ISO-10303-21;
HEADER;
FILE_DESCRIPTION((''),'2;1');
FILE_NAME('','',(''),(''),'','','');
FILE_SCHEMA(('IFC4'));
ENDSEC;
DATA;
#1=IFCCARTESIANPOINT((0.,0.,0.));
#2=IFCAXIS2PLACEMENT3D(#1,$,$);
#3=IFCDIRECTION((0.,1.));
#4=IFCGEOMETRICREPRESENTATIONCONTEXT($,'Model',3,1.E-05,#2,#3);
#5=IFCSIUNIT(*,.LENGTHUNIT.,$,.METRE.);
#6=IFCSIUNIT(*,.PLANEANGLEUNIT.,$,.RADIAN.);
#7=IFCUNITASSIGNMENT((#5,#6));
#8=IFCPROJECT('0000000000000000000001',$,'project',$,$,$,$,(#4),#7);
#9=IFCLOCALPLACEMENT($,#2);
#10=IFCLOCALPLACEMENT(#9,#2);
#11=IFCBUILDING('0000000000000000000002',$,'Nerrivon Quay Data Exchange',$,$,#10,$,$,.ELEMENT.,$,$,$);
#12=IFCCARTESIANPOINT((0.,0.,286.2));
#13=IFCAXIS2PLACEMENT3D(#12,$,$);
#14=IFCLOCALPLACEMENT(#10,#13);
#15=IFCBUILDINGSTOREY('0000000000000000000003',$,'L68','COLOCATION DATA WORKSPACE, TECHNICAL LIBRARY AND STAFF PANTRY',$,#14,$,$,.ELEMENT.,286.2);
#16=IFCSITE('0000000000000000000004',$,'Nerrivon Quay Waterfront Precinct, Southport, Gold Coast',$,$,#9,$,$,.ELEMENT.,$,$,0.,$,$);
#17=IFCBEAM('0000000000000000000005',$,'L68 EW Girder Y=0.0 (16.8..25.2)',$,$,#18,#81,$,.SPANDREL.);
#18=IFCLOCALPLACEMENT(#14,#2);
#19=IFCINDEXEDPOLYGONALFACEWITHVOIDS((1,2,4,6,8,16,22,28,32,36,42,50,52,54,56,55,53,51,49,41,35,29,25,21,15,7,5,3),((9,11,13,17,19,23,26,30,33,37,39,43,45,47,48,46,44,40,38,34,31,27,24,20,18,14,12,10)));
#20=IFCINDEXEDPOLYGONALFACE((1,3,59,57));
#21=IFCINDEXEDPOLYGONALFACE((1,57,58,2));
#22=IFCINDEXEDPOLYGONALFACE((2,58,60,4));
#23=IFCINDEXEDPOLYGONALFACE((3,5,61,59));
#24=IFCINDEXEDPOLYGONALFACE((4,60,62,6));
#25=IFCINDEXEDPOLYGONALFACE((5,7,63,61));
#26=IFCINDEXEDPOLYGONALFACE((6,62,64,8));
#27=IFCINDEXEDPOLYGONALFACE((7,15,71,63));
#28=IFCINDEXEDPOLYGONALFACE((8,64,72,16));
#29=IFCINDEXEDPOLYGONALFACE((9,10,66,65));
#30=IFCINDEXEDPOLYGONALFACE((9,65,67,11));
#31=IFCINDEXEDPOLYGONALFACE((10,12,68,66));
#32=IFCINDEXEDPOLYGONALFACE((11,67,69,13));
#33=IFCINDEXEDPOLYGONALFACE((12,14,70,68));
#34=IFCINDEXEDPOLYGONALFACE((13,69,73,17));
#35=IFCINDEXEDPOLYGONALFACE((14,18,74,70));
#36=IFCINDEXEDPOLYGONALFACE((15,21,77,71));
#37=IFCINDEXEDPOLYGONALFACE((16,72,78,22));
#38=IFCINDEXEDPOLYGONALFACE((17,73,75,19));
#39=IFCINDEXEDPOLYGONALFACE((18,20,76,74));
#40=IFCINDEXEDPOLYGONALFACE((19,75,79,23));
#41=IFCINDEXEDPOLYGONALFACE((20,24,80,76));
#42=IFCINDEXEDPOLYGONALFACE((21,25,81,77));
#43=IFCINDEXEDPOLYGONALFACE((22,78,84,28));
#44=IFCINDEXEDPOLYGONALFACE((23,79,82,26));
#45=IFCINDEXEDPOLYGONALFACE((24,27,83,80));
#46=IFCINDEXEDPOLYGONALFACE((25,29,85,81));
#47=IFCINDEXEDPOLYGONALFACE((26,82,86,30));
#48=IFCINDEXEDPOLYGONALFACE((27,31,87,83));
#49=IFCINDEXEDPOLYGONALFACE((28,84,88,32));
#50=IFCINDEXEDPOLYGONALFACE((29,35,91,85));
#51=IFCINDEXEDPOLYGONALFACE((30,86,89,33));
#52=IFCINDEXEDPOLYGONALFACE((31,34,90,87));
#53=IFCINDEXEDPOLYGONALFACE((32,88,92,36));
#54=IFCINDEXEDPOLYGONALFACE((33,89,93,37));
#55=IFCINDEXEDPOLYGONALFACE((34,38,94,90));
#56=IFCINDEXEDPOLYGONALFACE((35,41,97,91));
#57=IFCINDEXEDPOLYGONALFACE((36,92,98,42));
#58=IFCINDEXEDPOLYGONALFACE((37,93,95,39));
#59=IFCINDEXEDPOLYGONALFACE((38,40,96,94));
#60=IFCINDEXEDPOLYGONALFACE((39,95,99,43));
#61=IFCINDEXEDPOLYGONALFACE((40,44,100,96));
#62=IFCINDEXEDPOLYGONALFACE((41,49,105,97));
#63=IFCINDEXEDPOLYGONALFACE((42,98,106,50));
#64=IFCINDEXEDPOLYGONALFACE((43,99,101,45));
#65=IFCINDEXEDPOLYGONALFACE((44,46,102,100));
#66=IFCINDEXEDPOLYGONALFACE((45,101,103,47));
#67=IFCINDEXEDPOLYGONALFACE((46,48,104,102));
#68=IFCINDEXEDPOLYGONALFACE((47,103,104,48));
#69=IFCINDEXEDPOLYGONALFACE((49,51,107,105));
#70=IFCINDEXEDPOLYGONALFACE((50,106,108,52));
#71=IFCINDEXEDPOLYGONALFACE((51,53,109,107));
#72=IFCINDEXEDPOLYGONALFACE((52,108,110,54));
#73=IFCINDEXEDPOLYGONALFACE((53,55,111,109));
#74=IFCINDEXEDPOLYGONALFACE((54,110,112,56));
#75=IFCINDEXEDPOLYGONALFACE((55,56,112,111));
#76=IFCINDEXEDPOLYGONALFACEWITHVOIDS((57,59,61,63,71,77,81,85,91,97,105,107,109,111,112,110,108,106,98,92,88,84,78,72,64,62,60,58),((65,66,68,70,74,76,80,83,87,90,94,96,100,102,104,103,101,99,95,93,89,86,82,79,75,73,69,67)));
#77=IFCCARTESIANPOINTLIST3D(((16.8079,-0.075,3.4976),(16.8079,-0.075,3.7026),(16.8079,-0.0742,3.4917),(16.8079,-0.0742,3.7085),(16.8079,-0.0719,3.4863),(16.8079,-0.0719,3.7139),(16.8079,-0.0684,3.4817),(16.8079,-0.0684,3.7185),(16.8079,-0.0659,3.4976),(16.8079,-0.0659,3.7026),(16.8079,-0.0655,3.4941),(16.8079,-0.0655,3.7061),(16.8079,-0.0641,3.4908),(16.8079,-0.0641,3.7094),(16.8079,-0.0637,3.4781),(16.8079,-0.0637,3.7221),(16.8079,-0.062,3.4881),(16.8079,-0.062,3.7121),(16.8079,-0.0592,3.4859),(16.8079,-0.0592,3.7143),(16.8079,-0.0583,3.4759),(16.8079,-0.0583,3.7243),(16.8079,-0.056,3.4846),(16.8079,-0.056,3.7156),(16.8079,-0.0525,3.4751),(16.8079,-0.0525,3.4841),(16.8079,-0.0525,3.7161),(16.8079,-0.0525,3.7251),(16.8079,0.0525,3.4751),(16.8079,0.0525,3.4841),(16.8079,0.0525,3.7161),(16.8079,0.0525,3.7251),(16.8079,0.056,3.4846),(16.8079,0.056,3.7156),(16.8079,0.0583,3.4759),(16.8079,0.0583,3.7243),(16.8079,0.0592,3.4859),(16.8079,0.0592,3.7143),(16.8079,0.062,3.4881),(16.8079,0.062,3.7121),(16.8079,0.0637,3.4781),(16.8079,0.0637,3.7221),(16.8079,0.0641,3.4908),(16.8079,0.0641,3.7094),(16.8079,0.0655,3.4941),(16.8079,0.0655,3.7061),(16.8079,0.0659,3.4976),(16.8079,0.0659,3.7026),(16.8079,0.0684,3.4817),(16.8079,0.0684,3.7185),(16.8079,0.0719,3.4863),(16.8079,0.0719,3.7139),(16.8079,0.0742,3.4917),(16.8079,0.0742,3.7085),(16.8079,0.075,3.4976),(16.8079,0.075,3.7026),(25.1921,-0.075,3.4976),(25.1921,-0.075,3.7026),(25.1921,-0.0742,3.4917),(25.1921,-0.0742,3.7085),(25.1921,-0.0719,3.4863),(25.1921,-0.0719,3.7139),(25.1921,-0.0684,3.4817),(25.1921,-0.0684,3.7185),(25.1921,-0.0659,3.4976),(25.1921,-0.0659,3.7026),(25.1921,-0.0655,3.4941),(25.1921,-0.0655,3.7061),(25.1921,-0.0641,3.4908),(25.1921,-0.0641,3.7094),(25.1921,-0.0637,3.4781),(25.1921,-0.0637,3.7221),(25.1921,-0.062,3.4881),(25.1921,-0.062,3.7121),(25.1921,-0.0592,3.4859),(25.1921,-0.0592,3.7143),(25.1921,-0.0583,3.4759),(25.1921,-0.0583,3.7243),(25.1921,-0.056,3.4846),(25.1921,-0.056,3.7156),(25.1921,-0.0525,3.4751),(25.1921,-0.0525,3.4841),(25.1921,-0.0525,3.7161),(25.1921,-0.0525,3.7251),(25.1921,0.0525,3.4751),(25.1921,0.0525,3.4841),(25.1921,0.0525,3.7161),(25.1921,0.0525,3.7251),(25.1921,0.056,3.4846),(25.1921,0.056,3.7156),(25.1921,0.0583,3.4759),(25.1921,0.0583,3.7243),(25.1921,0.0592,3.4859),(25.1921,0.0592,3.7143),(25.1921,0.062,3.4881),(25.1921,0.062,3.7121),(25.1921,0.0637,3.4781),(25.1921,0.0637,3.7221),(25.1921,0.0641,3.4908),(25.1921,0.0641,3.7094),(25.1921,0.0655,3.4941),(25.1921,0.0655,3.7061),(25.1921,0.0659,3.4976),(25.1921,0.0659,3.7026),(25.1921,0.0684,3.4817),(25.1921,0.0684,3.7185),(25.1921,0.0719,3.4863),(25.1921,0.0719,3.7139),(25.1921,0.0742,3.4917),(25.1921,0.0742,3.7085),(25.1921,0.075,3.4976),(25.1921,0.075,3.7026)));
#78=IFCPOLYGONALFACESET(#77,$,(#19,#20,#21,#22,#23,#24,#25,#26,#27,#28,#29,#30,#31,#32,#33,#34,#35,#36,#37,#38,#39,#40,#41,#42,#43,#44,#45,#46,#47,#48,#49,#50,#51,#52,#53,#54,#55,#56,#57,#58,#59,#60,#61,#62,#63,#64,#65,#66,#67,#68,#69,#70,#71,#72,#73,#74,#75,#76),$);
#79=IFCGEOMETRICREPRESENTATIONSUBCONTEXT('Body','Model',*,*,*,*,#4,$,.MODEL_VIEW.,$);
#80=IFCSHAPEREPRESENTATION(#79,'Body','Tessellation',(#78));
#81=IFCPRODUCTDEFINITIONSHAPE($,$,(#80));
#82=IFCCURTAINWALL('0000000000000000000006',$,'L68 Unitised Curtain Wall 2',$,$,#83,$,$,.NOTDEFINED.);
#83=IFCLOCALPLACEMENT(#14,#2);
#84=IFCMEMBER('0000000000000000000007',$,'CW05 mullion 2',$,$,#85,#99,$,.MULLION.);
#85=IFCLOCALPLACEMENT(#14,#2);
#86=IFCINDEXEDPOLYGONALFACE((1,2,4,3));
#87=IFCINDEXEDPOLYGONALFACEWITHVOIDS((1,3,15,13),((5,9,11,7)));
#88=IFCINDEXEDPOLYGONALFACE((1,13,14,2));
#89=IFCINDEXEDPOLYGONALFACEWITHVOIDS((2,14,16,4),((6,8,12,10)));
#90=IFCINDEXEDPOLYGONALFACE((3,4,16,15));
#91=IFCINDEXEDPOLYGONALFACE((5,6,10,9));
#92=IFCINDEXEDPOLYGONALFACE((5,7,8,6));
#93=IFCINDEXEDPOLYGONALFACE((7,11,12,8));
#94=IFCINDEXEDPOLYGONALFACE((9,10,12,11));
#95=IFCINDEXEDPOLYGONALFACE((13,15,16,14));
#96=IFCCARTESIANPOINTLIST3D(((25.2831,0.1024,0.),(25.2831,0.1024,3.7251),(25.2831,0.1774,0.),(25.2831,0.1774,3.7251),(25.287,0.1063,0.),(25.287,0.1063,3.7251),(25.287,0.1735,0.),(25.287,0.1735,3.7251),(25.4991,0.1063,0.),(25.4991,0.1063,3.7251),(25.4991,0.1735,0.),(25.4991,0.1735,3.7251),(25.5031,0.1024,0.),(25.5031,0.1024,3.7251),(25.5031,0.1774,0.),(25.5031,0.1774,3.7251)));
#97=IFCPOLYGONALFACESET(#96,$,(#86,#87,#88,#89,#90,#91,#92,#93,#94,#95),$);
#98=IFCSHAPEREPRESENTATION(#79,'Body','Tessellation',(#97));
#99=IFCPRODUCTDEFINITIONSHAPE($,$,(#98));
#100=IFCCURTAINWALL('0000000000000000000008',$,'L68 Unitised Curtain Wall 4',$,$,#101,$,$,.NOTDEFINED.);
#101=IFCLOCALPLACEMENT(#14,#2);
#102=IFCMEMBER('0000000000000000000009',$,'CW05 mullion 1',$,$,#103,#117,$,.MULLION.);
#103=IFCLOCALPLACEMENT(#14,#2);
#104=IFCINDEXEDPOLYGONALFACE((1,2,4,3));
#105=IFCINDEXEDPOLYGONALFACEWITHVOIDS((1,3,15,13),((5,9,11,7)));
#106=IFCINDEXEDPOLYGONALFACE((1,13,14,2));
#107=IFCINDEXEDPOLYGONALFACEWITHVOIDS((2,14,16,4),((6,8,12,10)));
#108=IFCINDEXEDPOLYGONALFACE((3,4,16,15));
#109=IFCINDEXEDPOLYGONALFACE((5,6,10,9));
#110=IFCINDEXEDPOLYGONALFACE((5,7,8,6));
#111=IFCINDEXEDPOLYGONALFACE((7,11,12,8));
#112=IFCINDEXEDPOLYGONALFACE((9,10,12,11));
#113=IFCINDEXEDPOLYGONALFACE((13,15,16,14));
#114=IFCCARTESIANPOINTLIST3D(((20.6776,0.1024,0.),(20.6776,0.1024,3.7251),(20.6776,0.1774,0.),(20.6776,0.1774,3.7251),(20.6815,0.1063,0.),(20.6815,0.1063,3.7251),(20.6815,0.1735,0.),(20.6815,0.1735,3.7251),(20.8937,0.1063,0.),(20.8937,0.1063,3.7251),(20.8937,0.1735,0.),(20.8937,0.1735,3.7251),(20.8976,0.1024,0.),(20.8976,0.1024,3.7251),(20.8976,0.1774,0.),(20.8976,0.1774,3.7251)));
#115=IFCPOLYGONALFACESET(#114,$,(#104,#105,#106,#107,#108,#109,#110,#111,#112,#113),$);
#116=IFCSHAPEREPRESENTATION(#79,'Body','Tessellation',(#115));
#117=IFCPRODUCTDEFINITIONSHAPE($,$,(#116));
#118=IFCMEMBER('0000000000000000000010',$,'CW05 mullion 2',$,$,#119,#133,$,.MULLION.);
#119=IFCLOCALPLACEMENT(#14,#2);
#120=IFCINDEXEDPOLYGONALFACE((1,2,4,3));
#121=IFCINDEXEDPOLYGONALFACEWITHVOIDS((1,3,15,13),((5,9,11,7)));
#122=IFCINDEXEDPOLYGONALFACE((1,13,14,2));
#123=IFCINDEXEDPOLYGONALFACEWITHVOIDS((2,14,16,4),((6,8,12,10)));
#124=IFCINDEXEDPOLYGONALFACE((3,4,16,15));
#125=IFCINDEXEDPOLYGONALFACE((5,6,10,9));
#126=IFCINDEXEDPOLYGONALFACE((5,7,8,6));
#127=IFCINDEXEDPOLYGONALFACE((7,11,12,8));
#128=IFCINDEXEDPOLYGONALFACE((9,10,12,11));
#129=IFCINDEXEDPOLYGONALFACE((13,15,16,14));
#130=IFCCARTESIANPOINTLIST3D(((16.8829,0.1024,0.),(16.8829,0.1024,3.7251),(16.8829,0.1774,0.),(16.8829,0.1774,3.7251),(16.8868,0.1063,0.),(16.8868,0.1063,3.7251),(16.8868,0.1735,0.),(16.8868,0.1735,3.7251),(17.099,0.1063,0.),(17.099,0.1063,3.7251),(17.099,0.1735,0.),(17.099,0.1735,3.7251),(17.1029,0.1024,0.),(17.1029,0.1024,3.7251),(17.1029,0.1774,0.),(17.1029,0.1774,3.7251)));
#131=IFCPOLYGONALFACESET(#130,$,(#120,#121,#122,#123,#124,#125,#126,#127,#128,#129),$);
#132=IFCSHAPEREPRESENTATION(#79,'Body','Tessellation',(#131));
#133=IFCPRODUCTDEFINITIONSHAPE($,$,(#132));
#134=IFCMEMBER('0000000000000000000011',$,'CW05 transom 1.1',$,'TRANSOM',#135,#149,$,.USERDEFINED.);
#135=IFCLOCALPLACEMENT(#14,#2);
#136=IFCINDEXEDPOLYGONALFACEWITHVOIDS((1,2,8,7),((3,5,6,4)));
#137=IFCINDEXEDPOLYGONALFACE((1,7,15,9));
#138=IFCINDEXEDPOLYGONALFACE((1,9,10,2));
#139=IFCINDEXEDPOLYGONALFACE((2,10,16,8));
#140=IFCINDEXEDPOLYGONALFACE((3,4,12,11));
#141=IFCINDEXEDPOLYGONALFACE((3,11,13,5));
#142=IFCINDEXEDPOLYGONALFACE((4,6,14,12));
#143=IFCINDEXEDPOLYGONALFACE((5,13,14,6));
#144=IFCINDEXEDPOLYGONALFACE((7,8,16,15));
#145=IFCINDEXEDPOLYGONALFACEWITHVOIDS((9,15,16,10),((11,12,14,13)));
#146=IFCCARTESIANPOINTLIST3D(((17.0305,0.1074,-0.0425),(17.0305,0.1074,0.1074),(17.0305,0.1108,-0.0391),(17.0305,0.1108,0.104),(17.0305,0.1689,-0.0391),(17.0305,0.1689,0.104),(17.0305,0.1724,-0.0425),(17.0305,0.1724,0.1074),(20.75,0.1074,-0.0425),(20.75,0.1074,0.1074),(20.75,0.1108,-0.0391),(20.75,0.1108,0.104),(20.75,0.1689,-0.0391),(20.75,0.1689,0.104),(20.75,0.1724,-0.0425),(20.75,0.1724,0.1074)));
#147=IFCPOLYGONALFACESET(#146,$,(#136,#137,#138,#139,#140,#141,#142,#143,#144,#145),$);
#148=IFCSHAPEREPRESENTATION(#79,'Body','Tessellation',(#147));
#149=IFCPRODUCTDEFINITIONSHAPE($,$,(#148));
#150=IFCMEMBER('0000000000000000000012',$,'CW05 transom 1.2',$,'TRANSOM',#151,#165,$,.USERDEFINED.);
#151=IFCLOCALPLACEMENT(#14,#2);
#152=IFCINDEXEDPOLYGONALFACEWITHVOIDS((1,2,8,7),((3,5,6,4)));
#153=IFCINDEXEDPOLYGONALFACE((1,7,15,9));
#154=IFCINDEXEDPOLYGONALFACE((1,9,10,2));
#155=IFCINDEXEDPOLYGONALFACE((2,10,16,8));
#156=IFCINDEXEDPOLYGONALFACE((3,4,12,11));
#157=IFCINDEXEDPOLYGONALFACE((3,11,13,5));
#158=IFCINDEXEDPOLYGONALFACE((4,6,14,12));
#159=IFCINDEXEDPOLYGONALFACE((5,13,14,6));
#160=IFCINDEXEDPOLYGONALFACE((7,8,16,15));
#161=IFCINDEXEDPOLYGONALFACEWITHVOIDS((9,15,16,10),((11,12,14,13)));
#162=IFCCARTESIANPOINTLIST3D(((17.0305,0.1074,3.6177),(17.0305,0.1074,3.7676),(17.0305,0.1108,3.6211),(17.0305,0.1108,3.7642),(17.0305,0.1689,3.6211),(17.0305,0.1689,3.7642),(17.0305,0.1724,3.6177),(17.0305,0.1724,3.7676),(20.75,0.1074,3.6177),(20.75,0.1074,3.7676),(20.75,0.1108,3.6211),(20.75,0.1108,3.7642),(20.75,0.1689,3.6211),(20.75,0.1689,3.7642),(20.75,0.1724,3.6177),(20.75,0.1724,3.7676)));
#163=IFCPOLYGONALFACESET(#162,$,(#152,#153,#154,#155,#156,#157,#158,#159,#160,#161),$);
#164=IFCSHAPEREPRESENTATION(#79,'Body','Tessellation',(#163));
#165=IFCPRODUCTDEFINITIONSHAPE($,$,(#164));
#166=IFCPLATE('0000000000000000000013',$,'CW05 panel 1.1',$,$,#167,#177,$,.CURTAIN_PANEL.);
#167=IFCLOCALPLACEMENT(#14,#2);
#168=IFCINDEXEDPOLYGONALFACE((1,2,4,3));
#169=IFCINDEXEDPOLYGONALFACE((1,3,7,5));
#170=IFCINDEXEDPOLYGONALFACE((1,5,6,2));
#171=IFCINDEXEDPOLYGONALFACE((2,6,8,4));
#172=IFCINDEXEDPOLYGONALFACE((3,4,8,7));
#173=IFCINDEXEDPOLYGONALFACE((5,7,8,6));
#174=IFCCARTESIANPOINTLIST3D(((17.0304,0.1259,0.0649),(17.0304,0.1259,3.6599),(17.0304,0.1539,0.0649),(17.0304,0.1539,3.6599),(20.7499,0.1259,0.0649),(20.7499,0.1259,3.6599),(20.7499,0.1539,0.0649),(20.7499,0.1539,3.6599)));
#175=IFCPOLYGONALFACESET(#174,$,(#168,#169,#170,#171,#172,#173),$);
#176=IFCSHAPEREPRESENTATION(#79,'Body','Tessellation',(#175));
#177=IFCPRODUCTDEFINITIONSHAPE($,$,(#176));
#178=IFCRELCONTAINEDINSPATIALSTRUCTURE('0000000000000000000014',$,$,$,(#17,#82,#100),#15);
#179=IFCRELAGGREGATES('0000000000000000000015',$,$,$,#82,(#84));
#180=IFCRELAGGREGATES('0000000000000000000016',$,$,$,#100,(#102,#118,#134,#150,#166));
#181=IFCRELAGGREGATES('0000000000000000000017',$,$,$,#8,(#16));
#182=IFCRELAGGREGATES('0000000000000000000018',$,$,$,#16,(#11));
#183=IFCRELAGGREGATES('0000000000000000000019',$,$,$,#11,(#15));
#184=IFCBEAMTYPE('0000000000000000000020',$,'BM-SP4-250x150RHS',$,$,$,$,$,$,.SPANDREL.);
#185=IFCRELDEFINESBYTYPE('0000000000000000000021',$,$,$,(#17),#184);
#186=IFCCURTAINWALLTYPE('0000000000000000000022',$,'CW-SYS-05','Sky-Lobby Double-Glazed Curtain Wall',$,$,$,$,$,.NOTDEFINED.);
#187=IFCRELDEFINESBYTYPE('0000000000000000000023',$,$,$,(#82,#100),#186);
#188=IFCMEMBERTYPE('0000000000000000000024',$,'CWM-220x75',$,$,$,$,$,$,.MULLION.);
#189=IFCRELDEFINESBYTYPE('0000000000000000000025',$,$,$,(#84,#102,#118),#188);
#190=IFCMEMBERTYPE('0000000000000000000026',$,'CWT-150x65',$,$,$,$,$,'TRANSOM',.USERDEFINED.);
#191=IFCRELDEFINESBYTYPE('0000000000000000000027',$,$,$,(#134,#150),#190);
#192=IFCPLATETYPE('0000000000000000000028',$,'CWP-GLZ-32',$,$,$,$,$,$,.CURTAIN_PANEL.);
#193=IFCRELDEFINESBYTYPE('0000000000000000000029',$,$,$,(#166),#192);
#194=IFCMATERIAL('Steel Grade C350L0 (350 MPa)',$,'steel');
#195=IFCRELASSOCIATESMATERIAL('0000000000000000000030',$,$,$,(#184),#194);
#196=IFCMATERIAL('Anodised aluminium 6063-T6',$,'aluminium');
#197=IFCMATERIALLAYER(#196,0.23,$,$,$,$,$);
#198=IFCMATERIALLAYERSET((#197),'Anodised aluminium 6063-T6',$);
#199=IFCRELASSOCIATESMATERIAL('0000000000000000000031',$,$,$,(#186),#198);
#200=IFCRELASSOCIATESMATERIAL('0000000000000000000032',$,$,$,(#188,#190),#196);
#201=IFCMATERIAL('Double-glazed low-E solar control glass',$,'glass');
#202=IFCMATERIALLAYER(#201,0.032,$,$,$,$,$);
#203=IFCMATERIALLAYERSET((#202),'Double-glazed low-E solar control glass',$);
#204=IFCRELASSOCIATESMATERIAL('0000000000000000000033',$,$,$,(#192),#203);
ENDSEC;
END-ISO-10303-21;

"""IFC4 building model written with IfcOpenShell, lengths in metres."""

from ifc_helpers import new_model, si_unit, direction, frame, origin, origin_2d, place, context, subcontext, project, spatial, rectangle, hollow_rectangle, extrude, material, layer, layer_set, material_profile, profile_set, type_object, element, aggregate, save


model = new_model("IFC4")

# Units and contexts
model_context = context("Model", 3, precision=1e-05, world=origin(), true_north=direction((0.0, 1.0)))
body_context = subcontext(model_context, "Body", "Model", "MODEL_VIEW")
ifc_project = project(units=[si_unit("LENGTHUNIT", "METRE"), si_unit("PLANEANGLEUNIT", "RADIAN")], contexts=[model_context])

# Site, building, storey
site_placement = place(None, origin())
site = spatial("IfcSite", under=ifc_project, at=site_placement, Name="Nerrivon Quay Waterfront Precinct, Southport, Gold Coast", CompositionType="ELEMENT", RefElevation=0.0)
building_placement = place(site_placement, origin())
building = spatial("IfcBuilding", under=site, at=building_placement, Name="Nerrivon Quay Data Exchange", CompositionType="ELEMENT")
storey_placement = place(building_placement, frame((0.0, 0.0, 286.2)))
storey = spatial("IfcBuildingStorey", under=building, at=storey_placement, Name="L68", Description="COLOCATION DATA WORKSPACE, TECHNICAL LIBRARY AND STAFF PANTRY", CompositionType="ELEMENT", Elevation=286.2)

# Beam
ifc_material_1 = material(Name="Steel Grade C350L0 (350 MPa)", Category="steel")
ifc_material_profile_1 = material_profile(ifc_material_1, hollow_rectangle(XDim=0.1499, YDim=0.25, WallThickness=0.009, InnerFilletRadius=0.0134, OuterFilletRadius=0.0225, at=origin_2d()), Name="250x150x9.0RHS")
ifc_profile_set_1 = profile_set([ifc_material_profile_1], Name="Steel Grade C350L0 (350 MPa)")
beam_type_1 = type_object("IfcBeamType", Name="BM-SP4-250x150RHS", PredefinedType="SPANDREL", material=ifc_profile_set_1)
beam_1_placement = place(storey_placement, frame((16.8079, 0.0, 3.6001), z_axis=(1.0, 0.0, 0.0), x_axis=(0.0, 1.0, 0.0)))
element("IfcBeam", 1, at=beam_1_placement, inside=storey, type_object=beam_type_1, Name="L68 EW Girder Y=0.0 (16.8..25.2)", PredefinedType="SPANDREL", context=body_context, shape_type="SweptSolid", body=[
    extrude(hollow_rectangle(XDim=0.1499, YDim=0.25, WallThickness=0.009, InnerFilletRadius=0.0134, OuterFilletRadius=0.0225, at=origin_2d()), origin(), (0.0, 0.0, 1.0), 8.3843),
])

# Curtain wall, member
ifc_material_2 = material(Name="Anodised aluminium 6063-T6", Category="aluminium")
ifc_layer_1 = layer(ifc_material_2, 0.23)
ifc_layer_set_1 = layer_set([ifc_layer_1], Name="Anodised aluminium 6063-T6")
curtain_wall_type = type_object("IfcCurtainWallType", Name="CW-SYS-05", Description="Sky-Lobby Double-Glazed Curtain Wall", PredefinedType="NOTDEFINED", material=ifc_layer_set_1)
curtain_wall_1_placement = place(storey_placement, origin())
curtain_wall_1 = element("IfcCurtainWall", 2, at=curtain_wall_1_placement, inside=storey, type_object=curtain_wall_type, Name="L68 Unitised Curtain Wall 2", PredefinedType="NOTDEFINED")
ifc_material_profile_2 = material_profile(ifc_material_2, hollow_rectangle(XDim=0.075, YDim=0.22, WallThickness=0.0039, at=origin_2d()), Name="ALU-MULL-220x75")
ifc_profile_set_2 = profile_set([ifc_material_profile_2], Name="Anodised aluminium 6063-T6")
member_type_1 = type_object("IfcMemberType", Name="CWM-220x75", PredefinedType="MULLION", material=ifc_profile_set_2)
member_1_placement = place(storey_placement, frame((25.3931, 0.1399, 0.0), z_axis=(0.0, 0.0, 1.0), x_axis=(0.0, -1.0, 0.0)))
member_1 = element("IfcMember", 3, at=member_1_placement, type_object=member_type_1, Name="CW05 mullion 2", PredefinedType="MULLION", context=body_context, shape_type="SweptSolid", body=[
    extrude(hollow_rectangle(XDim=0.075, YDim=0.22, WallThickness=0.0039, at=origin_2d()), origin(), (0.0, 0.0, 1.0), 3.7251),
])
aggregate(curtain_wall_1, [member_1])

# Curtain wall, members, plate
curtain_wall_2_placement = place(storey_placement, origin())
curtain_wall_2 = element("IfcCurtainWall", 4, at=curtain_wall_2_placement, inside=storey, type_object=curtain_wall_type, Name="L68 Unitised Curtain Wall 4", PredefinedType="NOTDEFINED")
member_2_placement = place(storey_placement, frame((20.7876, 0.1399, 0.0), z_axis=(0.0, 0.0, 1.0), x_axis=(0.0, -1.0, 0.0)))
member_2 = element("IfcMember", 5, at=member_2_placement, type_object=member_type_1, Name="CW05 mullion 1", PredefinedType="MULLION", context=body_context, shape_type="SweptSolid", body=[
    extrude(hollow_rectangle(XDim=0.075, YDim=0.22, WallThickness=0.0039, at=origin_2d()), origin(), (0.0, 0.0, 1.0), 3.7251),
])
member_3_placement = place(storey_placement, frame((16.9929, 0.1399, 0.0), z_axis=(0.0, 0.0, 1.0), x_axis=(0.0, -1.0, 0.0)))
member_3 = element("IfcMember", 6, at=member_3_placement, type_object=member_type_1, Name="CW05 mullion 2", PredefinedType="MULLION", context=body_context, shape_type="SweptSolid", body=[
    extrude(hollow_rectangle(XDim=0.075, YDim=0.22, WallThickness=0.0039, at=origin_2d()), origin(), (0.0, 0.0, 1.0), 3.7251),
])
ifc_material_profile_3 = material_profile(ifc_material_2, hollow_rectangle(XDim=0.0649, YDim=0.1499, WallThickness=0.0034, at=origin_2d()), Name="ALU-TRAN-150x65")
ifc_profile_set_3 = profile_set([ifc_material_profile_3], Name="Anodised aluminium 6063-T6")
member_type_2 = type_object("IfcMemberType", Name="CWT-150x65", ElementType="TRANSOM", PredefinedType="USERDEFINED", material=ifc_profile_set_3)
member_4_placement = place(storey_placement, frame((20.75, 0.1399, 0.0325), z_axis=(-1.0, 0.0, 0.0), x_axis=(0.0, -1.0, 0.0)))
member_4 = element("IfcMember", 7, at=member_4_placement, type_object=member_type_2, Name="CW05 transom 1.1", ObjectType="TRANSOM", PredefinedType="USERDEFINED", context=body_context, shape_type="SweptSolid", body=[
    extrude(hollow_rectangle(XDim=0.0649, YDim=0.1499, WallThickness=0.0034, at=origin_2d()), origin(), (0.0, 0.0, 1.0), 3.7195),
])
member_5_placement = place(storey_placement, frame((20.75, 0.1399, 3.6926), z_axis=(-1.0, 0.0, 0.0), x_axis=(0.0, -1.0, 0.0)))
member_5 = element("IfcMember", 8, at=member_5_placement, type_object=member_type_2, Name="CW05 transom 1.2", ObjectType="TRANSOM", PredefinedType="USERDEFINED", context=body_context, shape_type="SweptSolid", body=[
    extrude(hollow_rectangle(XDim=0.0649, YDim=0.1499, WallThickness=0.0034, at=origin_2d()), origin(), (0.0, 0.0, 1.0), 3.7195),
])
ifc_material_3 = material(Name="Double-glazed low-E solar control glass", Category="glass")
ifc_layer_2 = layer(ifc_material_3, 0.032)
ifc_layer_set_2 = layer_set([ifc_layer_2], Name="Double-glazed low-E solar control glass")
plate_type = type_object("IfcPlateType", Name="CWP-GLZ-32", PredefinedType="CURTAIN_PANEL", material=ifc_layer_set_2)
plate_placement = place(storey_placement, frame((18.8901, 0.1399, 0.0649), z_axis=(0.0, 0.0, 1.0), x_axis=(-1.0, 0.0, 0.0)))
plate = element("IfcPlate", 9, at=plate_placement, type_object=plate_type, Name="CW05 panel 1.1", PredefinedType="CURTAIN_PANEL", context=body_context, shape_type="SweptSolid", body=[
    extrude(rectangle(XDim=3.7195, YDim=0.0281, at=origin_2d()), origin(), (0.0, 0.0, 1.0), 3.595),
])
aggregate(curtain_wall_2, [member_2, member_3, member_4, member_5, plate])

save(model, "model.ifc")
